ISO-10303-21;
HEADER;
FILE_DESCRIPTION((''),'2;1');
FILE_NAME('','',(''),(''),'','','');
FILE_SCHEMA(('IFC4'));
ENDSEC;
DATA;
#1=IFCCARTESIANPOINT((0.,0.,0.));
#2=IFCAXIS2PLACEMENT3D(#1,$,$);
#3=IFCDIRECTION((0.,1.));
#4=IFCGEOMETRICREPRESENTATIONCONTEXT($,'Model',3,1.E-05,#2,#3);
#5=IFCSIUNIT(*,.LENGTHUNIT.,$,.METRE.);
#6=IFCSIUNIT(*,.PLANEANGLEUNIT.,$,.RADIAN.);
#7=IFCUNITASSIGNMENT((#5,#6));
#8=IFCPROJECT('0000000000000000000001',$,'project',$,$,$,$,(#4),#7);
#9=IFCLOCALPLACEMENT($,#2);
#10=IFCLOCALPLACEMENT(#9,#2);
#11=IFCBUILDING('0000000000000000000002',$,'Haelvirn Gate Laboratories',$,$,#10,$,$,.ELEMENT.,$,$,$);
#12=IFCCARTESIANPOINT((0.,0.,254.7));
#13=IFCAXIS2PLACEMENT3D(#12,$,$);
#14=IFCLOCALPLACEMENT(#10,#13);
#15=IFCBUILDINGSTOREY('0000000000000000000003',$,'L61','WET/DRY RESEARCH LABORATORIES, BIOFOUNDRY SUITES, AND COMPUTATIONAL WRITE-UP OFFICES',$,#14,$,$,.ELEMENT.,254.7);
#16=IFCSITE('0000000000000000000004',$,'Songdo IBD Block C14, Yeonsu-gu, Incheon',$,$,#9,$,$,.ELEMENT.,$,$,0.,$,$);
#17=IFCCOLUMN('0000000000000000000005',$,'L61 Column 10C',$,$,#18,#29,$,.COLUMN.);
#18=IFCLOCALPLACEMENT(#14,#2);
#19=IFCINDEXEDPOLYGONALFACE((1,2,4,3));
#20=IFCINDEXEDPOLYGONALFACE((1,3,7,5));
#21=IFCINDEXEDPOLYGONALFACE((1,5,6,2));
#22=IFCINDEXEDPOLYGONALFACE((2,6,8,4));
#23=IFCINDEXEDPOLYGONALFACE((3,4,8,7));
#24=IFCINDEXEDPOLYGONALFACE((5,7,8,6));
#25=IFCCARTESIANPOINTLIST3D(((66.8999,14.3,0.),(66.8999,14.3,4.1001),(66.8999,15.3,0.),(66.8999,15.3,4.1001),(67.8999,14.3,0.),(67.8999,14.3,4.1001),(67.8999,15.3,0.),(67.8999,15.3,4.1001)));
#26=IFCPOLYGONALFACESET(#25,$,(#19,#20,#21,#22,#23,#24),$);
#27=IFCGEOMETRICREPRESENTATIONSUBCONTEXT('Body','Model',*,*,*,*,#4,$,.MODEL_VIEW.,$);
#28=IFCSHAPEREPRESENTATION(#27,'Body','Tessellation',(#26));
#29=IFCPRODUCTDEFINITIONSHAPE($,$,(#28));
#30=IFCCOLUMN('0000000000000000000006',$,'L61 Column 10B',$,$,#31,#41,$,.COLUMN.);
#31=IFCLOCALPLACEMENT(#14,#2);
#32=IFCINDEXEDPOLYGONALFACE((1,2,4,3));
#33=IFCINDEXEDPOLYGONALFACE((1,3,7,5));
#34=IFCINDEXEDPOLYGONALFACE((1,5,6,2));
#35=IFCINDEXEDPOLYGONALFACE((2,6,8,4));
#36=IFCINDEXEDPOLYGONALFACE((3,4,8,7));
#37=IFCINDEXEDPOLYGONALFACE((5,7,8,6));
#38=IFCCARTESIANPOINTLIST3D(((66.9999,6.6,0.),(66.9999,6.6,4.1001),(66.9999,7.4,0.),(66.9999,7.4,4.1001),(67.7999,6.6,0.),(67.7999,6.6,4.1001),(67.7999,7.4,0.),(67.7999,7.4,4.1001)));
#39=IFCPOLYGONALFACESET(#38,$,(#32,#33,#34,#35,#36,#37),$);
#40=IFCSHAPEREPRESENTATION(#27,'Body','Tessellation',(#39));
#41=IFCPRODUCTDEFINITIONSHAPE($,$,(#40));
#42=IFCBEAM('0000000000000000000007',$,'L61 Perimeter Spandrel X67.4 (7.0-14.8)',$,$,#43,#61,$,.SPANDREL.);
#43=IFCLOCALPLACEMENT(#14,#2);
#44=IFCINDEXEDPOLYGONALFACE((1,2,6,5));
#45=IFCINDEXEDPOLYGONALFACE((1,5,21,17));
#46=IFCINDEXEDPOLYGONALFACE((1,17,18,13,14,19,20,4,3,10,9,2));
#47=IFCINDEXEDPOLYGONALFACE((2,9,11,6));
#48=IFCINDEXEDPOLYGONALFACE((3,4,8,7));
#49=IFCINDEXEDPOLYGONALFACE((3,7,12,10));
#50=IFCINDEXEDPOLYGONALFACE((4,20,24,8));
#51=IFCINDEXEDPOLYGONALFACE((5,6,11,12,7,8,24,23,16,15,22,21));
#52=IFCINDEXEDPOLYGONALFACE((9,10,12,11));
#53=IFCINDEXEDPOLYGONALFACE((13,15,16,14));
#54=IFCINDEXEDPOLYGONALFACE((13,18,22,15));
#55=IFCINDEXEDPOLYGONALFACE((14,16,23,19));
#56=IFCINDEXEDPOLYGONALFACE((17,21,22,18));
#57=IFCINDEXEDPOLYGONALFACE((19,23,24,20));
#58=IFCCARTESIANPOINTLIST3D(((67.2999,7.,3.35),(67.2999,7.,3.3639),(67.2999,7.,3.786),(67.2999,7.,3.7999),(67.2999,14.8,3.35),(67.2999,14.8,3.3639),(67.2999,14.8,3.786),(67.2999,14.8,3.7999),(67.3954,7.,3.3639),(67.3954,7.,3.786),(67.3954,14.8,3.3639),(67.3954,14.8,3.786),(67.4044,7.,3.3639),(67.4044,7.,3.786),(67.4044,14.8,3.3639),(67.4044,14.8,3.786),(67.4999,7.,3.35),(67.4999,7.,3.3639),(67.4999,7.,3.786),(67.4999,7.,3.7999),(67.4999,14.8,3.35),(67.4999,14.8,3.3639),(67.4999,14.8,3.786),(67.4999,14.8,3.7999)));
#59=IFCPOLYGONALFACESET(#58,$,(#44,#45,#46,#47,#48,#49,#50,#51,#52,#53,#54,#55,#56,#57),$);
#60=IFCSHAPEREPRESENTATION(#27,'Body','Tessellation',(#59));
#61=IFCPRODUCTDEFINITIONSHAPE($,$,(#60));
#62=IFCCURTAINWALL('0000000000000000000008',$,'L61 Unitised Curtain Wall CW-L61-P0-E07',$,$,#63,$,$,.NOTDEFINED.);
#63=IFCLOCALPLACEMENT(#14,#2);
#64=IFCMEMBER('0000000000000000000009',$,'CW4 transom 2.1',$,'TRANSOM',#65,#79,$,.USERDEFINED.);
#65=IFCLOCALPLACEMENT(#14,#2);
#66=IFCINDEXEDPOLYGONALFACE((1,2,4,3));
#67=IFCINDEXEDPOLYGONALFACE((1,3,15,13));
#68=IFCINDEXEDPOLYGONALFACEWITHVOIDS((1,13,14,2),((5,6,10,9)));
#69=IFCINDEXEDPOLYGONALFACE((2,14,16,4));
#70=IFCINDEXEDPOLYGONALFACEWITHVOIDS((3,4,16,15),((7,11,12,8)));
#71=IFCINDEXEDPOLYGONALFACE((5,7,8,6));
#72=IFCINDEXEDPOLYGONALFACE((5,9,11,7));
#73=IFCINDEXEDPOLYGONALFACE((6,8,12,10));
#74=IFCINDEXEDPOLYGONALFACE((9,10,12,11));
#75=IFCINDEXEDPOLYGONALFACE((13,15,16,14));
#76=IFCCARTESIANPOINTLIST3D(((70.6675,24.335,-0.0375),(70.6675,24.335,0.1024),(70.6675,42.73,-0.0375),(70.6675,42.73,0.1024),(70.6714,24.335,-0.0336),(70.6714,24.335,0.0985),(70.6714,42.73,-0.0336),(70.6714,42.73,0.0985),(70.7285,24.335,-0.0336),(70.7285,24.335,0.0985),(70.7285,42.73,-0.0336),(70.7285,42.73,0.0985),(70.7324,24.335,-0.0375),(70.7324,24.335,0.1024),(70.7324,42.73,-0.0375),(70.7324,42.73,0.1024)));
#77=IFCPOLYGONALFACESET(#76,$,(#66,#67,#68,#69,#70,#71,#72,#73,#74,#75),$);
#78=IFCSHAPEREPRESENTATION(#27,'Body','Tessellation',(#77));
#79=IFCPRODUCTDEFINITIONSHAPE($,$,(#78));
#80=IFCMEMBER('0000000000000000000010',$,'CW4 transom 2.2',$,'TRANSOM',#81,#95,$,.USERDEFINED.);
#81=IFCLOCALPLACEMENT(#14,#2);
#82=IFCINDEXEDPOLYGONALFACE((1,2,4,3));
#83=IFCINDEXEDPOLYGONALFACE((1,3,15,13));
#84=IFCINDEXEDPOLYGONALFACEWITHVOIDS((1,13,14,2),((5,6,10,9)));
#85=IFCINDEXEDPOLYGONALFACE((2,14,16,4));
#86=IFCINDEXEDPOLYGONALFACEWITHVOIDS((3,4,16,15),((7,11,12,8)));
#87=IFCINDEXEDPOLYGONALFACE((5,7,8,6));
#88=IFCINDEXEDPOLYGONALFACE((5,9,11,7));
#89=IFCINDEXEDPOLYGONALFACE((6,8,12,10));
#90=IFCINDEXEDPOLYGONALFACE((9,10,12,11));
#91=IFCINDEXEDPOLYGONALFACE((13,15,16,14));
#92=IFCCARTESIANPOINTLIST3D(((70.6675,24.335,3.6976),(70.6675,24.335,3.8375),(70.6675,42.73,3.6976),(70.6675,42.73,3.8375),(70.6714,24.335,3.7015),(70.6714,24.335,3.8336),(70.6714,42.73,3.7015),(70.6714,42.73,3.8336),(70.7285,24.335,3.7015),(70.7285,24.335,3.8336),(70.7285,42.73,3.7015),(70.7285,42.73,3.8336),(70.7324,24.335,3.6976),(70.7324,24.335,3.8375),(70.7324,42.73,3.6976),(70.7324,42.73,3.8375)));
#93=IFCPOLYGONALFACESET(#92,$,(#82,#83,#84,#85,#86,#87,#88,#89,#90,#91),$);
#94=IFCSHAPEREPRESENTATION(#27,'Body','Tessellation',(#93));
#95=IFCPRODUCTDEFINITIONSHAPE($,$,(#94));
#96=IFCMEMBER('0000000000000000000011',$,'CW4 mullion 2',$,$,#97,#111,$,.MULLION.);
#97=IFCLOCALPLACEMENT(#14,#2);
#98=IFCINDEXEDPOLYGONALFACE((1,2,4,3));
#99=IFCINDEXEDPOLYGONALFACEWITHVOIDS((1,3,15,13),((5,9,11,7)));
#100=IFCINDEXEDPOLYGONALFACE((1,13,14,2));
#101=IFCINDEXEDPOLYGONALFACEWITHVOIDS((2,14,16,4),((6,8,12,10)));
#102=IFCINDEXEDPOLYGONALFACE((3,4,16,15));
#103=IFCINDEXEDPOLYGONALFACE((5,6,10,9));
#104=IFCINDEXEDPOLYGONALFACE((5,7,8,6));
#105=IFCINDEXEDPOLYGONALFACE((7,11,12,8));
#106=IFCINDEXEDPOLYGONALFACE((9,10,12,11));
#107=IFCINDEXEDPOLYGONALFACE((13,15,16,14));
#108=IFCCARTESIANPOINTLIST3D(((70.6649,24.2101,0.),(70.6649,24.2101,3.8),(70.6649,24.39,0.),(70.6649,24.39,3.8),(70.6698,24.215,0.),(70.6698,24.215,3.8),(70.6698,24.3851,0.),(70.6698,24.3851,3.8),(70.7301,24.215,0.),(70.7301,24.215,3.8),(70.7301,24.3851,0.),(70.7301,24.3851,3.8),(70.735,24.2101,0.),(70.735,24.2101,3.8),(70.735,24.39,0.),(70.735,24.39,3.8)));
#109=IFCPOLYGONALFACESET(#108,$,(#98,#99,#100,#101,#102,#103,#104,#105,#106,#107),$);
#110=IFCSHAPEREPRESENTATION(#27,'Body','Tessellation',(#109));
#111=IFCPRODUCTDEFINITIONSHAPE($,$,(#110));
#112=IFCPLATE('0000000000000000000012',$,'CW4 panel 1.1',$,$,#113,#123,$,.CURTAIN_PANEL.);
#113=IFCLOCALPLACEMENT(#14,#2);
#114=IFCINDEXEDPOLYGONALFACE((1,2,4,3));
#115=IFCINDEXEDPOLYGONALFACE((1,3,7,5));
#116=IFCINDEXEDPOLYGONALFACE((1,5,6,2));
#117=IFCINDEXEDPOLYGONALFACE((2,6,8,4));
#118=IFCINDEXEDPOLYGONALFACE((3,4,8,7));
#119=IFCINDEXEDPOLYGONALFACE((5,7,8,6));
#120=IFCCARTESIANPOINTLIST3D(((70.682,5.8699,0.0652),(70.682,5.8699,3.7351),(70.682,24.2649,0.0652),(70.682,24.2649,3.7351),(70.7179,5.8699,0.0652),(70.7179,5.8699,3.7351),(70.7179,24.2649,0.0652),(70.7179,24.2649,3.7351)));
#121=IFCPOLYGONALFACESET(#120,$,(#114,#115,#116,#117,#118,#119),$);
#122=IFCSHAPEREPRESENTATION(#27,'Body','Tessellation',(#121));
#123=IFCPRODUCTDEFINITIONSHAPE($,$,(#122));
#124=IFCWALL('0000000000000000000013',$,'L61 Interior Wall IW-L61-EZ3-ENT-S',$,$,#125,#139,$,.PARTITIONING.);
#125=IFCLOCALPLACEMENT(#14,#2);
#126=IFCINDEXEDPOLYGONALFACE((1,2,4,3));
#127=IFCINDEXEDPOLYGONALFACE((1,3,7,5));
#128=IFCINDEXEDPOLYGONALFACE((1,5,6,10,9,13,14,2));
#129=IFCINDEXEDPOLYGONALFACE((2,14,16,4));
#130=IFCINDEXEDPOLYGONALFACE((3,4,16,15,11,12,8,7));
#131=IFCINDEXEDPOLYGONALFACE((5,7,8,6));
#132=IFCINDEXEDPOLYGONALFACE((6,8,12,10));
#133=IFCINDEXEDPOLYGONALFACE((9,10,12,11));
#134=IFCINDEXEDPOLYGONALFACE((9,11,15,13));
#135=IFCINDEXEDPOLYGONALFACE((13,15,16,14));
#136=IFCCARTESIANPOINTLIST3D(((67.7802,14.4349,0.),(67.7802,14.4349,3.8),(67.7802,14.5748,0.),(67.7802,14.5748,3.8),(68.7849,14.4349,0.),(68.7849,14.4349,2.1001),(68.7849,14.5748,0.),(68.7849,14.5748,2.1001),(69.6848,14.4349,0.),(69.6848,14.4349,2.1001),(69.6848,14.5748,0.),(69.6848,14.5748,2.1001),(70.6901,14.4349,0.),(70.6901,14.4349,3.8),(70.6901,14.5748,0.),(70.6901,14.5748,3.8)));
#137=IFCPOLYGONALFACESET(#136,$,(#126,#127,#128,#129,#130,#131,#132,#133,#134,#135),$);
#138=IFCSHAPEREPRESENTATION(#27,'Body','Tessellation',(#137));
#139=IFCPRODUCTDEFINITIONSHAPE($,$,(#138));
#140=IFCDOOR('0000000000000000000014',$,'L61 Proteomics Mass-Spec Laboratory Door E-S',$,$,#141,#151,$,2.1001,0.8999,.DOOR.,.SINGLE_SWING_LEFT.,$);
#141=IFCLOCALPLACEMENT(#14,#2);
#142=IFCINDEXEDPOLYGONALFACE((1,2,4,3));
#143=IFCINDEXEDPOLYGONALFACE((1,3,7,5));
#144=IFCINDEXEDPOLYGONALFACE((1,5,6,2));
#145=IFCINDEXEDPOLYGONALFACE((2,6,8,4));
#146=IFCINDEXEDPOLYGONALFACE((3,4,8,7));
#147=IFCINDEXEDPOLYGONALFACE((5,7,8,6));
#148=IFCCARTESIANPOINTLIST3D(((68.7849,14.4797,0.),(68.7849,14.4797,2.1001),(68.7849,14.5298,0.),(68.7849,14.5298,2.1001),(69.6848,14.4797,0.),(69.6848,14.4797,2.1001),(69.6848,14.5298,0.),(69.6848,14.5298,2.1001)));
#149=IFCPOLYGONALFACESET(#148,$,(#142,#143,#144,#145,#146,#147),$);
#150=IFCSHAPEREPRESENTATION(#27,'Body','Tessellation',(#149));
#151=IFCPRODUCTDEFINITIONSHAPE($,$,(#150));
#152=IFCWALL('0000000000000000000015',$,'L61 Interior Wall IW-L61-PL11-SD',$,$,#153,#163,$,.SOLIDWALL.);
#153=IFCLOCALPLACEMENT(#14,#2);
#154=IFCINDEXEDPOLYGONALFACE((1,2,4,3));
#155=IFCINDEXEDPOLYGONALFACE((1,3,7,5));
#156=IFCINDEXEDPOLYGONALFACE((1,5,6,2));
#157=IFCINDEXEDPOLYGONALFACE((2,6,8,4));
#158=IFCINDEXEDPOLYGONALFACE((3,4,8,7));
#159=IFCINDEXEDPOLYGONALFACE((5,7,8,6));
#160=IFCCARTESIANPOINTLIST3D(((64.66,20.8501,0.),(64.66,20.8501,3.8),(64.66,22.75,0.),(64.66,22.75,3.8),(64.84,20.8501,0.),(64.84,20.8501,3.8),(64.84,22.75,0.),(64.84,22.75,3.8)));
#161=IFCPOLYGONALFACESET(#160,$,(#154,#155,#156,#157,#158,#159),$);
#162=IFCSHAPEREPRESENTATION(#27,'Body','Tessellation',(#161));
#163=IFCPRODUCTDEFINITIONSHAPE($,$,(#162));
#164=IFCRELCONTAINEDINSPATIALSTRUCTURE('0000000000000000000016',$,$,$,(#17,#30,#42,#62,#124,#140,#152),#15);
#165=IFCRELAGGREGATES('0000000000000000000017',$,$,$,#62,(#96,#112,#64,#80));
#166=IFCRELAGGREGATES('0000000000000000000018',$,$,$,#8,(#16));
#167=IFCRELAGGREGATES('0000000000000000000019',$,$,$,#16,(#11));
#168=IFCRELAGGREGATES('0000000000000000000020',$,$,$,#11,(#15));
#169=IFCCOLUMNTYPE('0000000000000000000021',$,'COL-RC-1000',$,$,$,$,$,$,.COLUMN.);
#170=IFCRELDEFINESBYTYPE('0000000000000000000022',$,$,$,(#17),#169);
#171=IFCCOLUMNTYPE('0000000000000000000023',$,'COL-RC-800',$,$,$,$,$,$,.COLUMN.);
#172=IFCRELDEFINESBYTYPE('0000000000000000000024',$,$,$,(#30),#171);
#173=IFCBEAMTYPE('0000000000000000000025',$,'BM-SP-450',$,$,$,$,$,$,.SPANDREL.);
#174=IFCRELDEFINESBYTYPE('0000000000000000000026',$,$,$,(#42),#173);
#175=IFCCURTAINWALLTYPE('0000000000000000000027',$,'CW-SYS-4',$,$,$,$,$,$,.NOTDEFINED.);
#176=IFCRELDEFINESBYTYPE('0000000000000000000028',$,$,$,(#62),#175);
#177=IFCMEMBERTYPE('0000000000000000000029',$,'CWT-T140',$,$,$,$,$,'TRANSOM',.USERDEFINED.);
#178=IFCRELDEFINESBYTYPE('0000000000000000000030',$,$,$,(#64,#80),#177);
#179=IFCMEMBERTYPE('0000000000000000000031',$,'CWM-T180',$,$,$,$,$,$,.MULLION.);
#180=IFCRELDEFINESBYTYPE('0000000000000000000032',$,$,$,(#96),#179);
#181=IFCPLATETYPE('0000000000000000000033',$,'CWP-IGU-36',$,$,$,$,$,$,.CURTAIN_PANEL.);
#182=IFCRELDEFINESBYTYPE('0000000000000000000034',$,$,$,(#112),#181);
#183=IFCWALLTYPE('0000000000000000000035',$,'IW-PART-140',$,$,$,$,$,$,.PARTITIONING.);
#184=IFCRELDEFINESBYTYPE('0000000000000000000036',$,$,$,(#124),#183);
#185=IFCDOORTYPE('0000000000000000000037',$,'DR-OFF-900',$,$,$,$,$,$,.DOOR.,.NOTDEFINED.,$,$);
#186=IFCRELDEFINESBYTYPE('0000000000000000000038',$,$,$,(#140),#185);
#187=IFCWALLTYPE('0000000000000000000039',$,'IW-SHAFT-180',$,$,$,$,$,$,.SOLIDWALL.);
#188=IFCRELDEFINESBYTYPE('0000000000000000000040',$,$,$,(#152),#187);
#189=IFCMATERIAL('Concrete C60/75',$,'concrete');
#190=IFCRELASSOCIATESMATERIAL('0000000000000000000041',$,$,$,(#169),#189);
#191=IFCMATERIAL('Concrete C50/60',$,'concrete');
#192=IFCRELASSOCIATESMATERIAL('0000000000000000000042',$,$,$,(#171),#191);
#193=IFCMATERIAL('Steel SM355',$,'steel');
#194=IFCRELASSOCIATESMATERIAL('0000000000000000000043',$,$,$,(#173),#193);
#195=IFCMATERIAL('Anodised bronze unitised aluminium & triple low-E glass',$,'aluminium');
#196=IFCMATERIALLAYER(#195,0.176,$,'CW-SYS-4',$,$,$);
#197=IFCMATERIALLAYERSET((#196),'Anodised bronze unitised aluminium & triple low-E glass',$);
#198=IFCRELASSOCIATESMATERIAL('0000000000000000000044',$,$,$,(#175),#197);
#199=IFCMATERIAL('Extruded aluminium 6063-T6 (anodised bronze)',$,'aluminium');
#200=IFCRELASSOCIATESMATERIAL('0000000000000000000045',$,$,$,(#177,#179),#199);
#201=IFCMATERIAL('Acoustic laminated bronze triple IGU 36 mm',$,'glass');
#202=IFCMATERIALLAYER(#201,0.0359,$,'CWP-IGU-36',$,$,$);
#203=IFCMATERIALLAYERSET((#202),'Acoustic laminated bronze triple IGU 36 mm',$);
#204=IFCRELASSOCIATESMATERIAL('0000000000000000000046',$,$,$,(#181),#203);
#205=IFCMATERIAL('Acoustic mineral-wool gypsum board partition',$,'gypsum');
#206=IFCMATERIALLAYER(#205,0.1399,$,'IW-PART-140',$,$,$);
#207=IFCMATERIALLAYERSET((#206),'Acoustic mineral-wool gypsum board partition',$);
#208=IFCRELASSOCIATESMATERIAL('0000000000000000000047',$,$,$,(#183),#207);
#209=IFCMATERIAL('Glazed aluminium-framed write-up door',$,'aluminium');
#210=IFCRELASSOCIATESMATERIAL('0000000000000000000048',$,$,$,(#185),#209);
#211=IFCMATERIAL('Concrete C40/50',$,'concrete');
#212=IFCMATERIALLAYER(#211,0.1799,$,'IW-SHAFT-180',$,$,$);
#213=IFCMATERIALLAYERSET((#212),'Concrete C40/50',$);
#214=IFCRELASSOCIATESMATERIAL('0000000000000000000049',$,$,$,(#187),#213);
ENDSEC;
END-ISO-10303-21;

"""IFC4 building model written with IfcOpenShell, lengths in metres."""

from ifc_helpers import new_model, si_unit, direction, frame, frame_2d, origin, origin_2d, place, context, subcontext, project, spatial, rectangle, hollow_rectangle, i_section, extrude, source, transform, mapped, material, layer, layer_set, material_profile, profile_set, type_object, type_shapes, element, fill, aggregate, save


model = new_model("IFC4")

# Units and contexts
model_context = context("Model", 3, precision=1e-05, world=origin(), true_north=direction((0.0, 1.0)))
body_context = subcontext(model_context, "Body", "Model", "MODEL_VIEW")
ifc_project = project(units=[si_unit("LENGTHUNIT", "METRE"), si_unit("PLANEANGLEUNIT", "RADIAN")], contexts=[model_context])

# Site, building, storey
site_placement = place(None, origin())
site = spatial("IfcSite", under=ifc_project, at=site_placement, Name="Songdo IBD Block C14, Yeonsu-gu, Incheon", CompositionType="ELEMENT", RefElevation=0.0)
building_placement = place(site_placement, origin())
building = spatial("IfcBuilding", under=site, at=building_placement, Name="Haelvirn Gate Laboratories", CompositionType="ELEMENT")
storey_placement = place(building_placement, frame((0.0, 0.0, 254.7)))
storey = spatial("IfcBuildingStorey", under=building, at=storey_placement, Name="L61", Description="WET/DRY RESEARCH LABORATORIES, BIOFOUNDRY SUITES, AND COMPUTATIONAL WRITE-UP OFFICES", CompositionType="ELEMENT", Elevation=254.7)

# Columns
ifc_material_1 = material(Name="Concrete C60/75", Category="concrete")
ifc_material_profile_1 = material_profile(ifc_material_1, rectangle(XDim=1.0, YDim=1.0, at=origin_2d()), Name="RC-1000x1000")
ifc_profile_set_1 = profile_set([ifc_material_profile_1], Name="Concrete C60/75")
column_type_1 = type_object("IfcColumnType", Name="COL-RC-1000", PredefinedType="COLUMN", material=ifc_profile_set_1)
shared_shape_1 = source(origin(), body_context, "Body", "SweptSolid", [
    extrude(rectangle(XDim=1.0, YDim=1.0, at=origin_2d()), origin(), (0.0, 0.0, 1.0), 4.1001),
])
type_shapes(column_type_1, [shared_shape_1])
column_1_placement = place(storey_placement, frame((67.3999, 14.8, 0.0), z_axis=(0.0, 0.0, 1.0), x_axis=(1.0, 0.0, 0.0)))
element("IfcColumn", 1, at=column_1_placement, inside=storey, type_object=column_type_1, Name="L61 Column 10C", PredefinedType="COLUMN", context=body_context, shape_type="MappedRepresentation", body=[
    mapped(shared_shape_1, transform((0.0, 0.0, 0.0), scale=1.0)),
])
ifc_material_2 = material(Name="Concrete C50/60", Category="concrete")
ifc_material_profile_2 = material_profile(ifc_material_2, rectangle(XDim=0.8, YDim=0.8, at=origin_2d()), Name="RC-800x800")
ifc_profile_set_2 = profile_set([ifc_material_profile_2], Name="Concrete C50/60")
column_type_2 = type_object("IfcColumnType", Name="COL-RC-800", PredefinedType="COLUMN", material=ifc_profile_set_2)
shared_shape_2 = source(origin(), body_context, "Body", "SweptSolid", [
    extrude(rectangle(XDim=0.8, YDim=0.8, at=origin_2d()), origin(), (0.0, 0.0, 1.0), 4.1001),
])
type_shapes(column_type_2, [shared_shape_2])
column_2_placement = place(storey_placement, frame((67.3999, 7.0, 0.0), z_axis=(0.0, 0.0, 1.0), x_axis=(1.0, 0.0, 0.0)))
element("IfcColumn", 2, at=column_2_placement, inside=storey, type_object=column_type_2, Name="L61 Column 10B", PredefinedType="COLUMN", context=body_context, shape_type="MappedRepresentation", body=[
    mapped(shared_shape_2, transform((0.0, 0.0, 0.0), scale=1.0)),
])

# Beam
ifc_material_3 = material(Name="Steel SM355", Category="steel")
ifc_material_profile_3 = material_profile(ifc_material_3, i_section(OverallWidth=0.2, OverallDepth=0.45, WebThickness=0.009, FlangeThickness=0.0139, at=origin_2d()), Name="H-450x200x9x14")
ifc_profile_set_3 = profile_set([ifc_material_profile_3], Name="Steel SM355")
beam_type = type_object("IfcBeamType", Name="BM-SP-450", PredefinedType="SPANDREL", material=ifc_profile_set_3)
shared_shape_3 = source(origin(), body_context, "Body", "SweptSolid", [
    extrude(i_section(OverallWidth=0.2, OverallDepth=0.45, WebThickness=0.009, FlangeThickness=0.0139, at=origin_2d()), origin(), (0.0, 0.0, 1.0), 7.8),
])
type_shapes(beam_type, [shared_shape_3])
beam_placement = place(storey_placement, frame((67.3999, 7.0, 3.575), z_axis=(0.0, 1.0, 0.0), x_axis=(-1.0, 0.0, 0.0)))
element("IfcBeam", 3, at=beam_placement, inside=storey, type_object=beam_type, Name="L61 Perimeter Spandrel X67.4 (7.0-14.8)", PredefinedType="SPANDREL", context=body_context, shape_type="MappedRepresentation", body=[
    mapped(shared_shape_3, transform((0.0, 0.0, 0.0), scale=1.0)),
])

# Curtain wall, members, plate
ifc_material_4 = material(Name="Anodised bronze unitised aluminium & triple low-E glass", Category="aluminium")
ifc_layer_1 = layer(ifc_material_4, 0.176, Name="CW-SYS-4")
ifc_layer_set_1 = layer_set([ifc_layer_1], Name="Anodised bronze unitised aluminium & triple low-E glass")
curtain_wall_type = type_object("IfcCurtainWallType", Name="CW-SYS-4", PredefinedType="NOTDEFINED", material=ifc_layer_set_1)
curtain_wall_placement = place(storey_placement, origin())
curtain_wall = element("IfcCurtainWall", 4, at=curtain_wall_placement, inside=storey, type_object=curtain_wall_type, Name="L61 Unitised Curtain Wall CW-L61-P0-E07", PredefinedType="NOTDEFINED")
ifc_material_5 = material(Name="Extruded aluminium 6063-T6 (anodised bronze)", Category="aluminium")
ifc_material_profile_4 = material_profile(ifc_material_5, hollow_rectangle(XDim=0.0649, YDim=0.1399, WallThickness=0.0039, at=origin_2d()), Name="CWT-140x65x4")
ifc_profile_set_4 = profile_set([ifc_material_profile_4], Name="Extruded aluminium 6063-T6 (anodised bronze)")
member_type_1 = type_object("IfcMemberType", Name="CWT-T140", ElementType="TRANSOM", PredefinedType="USERDEFINED", material=ifc_profile_set_4)
shared_shape_4 = source(origin(), body_context, "Body", "SweptSolid", [
    extrude(hollow_rectangle(XDim=0.0649, YDim=0.1399, WallThickness=0.0039, at=origin_2d()), origin(), (0.0, 0.0, 1.0), 18.395),
])
type_shapes(member_type_1, [shared_shape_4])
member_1_placement = place(storey_placement, frame((70.7, 24.335, 0.0325), z_axis=(0.0, 1.0, 0.0), x_axis=(-1.0, 0.0, 0.0)))
member_1 = element("IfcMember", 5, at=member_1_placement, type_object=member_type_1, Name="CW4 transom 2.1", ObjectType="TRANSOM", PredefinedType="USERDEFINED", context=body_context, shape_type="MappedRepresentation", body=[
    mapped(shared_shape_4, transform((0.0, 0.0, 0.0), scale=1.0)),
])
member_2_placement = place(storey_placement, frame((70.7, 24.335, 3.7676), z_axis=(0.0, 1.0, 0.0), x_axis=(-1.0, 0.0, 0.0)))
member_2 = element("IfcMember", 6, at=member_2_placement, type_object=member_type_1, Name="CW4 transom 2.2", ObjectType="TRANSOM", PredefinedType="USERDEFINED", context=body_context, shape_type="MappedRepresentation", body=[
    mapped(shared_shape_4, transform((0.0, 0.0, 0.0), scale=1.0)),
])
ifc_material_profile_5 = material_profile(ifc_material_5, hollow_rectangle(XDim=0.0701, YDim=0.1799, WallThickness=0.0049, at=origin_2d()), Name="CWM-180x70x5")
ifc_profile_set_5 = profile_set([ifc_material_profile_5], Name="Extruded aluminium 6063-T6 (anodised bronze)")
member_type_2 = type_object("IfcMemberType", Name="CWM-T180", PredefinedType="MULLION", material=ifc_profile_set_5)
shared_shape_5 = source(origin(), body_context, "Body", "SweptSolid", [
    extrude(hollow_rectangle(XDim=0.0701, YDim=0.1799, WallThickness=0.0049, at=origin_2d()), origin(), (0.0, 0.0, 1.0), 3.8),
])
type_shapes(member_type_2, [shared_shape_5])
member_3_placement = place(storey_placement, frame((70.7, 24.3, 0.0), z_axis=(0.0, 0.0, 1.0), x_axis=(-1.0, 0.0, 0.0)))
member_3 = element("IfcMember", 7, at=member_3_placement, type_object=member_type_2, Name="CW4 mullion 2", PredefinedType="MULLION", context=body_context, shape_type="MappedRepresentation", body=[
    mapped(shared_shape_5, transform((0.0, 0.0, 0.0), scale=1.0)),
])
ifc_material_6 = material(Name="Acoustic laminated bronze triple IGU 36 mm", Category="glass")
ifc_layer_2 = layer(ifc_material_6, 0.0359, Name="CWP-IGU-36")
ifc_layer_set_2 = layer_set([ifc_layer_2], Name="Acoustic laminated bronze triple IGU 36 mm")
plate_type = type_object("IfcPlateType", Name="CWP-IGU-36", PredefinedType="CURTAIN_PANEL", material=ifc_layer_set_2)
shared_shape_6 = source(origin(), body_context, "Body", "SweptSolid", [
    extrude(rectangle(XDim=18.395, YDim=0.0359, at=origin_2d()), origin(), (0.0, 0.0, 1.0), 3.6699),
])
type_shapes(plate_type, [shared_shape_6])
plate_placement = place(storey_placement, frame((70.7, 15.0674, 0.0652), z_axis=(0.0, 0.0, 1.0), x_axis=(0.0, 1.0, 0.0)))
plate = element("IfcPlate", 8, at=plate_placement, type_object=plate_type, Name="CW4 panel 1.1", PredefinedType="CURTAIN_PANEL", context=body_context, shape_type="MappedRepresentation", body=[
    mapped(shared_shape_6, transform((0.0, 0.0, 0.0), scale=1.0)),
])
aggregate(curtain_wall, [member_3, plate, member_1, member_2])

# Wall, opening, door
ifc_material_7 = material(Name="Acoustic mineral-wool gypsum board partition", Category="gypsum")
ifc_layer_3 = layer(ifc_material_7, 0.1399, Name="IW-PART-140")
ifc_layer_set_3 = layer_set([ifc_layer_3], Name="Acoustic mineral-wool gypsum board partition")
wall_type_1 = type_object("IfcWallType", Name="IW-PART-140", PredefinedType="PARTITIONING", material=ifc_layer_set_3)
wall_1_placement = place(storey_placement, frame((67.78, 14.5049, 0.0), z_axis=(0.0, 0.0, 1.0), x_axis=(1.0, 0.0, 0.0)))
wall_1 = element("IfcWall", 9, at=wall_1_placement, inside=storey, type_object=wall_type_1, Name="L61 Interior Wall IW-L61-EZ3-ENT-S", PredefinedType="PARTITIONING", context=body_context, shape_type="SweptSolid", body=[
    extrude(rectangle(XDim=2.9099, YDim=0.1399, at=frame_2d((1.4551, 0.0))), origin(), (0.0, 0.0, 1.0), 3.8),
])
opening_1_placement = place(wall_1_placement, frame((1.0049, 0.0, 0.0)))
opening_1 = element("IfcOpeningElement", 10, at=opening_1_placement, cuts=wall_1, PredefinedType="OPENING", context=body_context, shape_type="SweptSolid", body=[
    extrude(rectangle(XDim=0.8999, YDim=2.1001, at=frame_2d((0.45, 1.05))), frame((0.0, 0.0801, 0.0), z_axis=(0.0, -1.0, 0.0), x_axis=(1.0, 0.0, 0.0)), (0.0, 0.0, 1.0), 0.1599),
])
ifc_material_8 = material(Name="Glazed aluminium-framed write-up door", Category="aluminium")
door_type_1 = type_object("IfcDoorType", Name="DR-OFF-900", OperationType="NOTDEFINED", PredefinedType="DOOR", material=ifc_material_8)
shared_shape_7 = source(origin(), body_context, "Body", "SweptSolid", [
    extrude(rectangle(XDim=0.8999, YDim=2.1001, at=frame_2d((0.45, 1.05))), frame((0.0, 0.0249, 0.0), z_axis=(0.0, -1.0, 0.0), x_axis=(1.0, 0.0, 0.0)), (0.0, 0.0, 1.0), 0.05),
])
type_shapes(door_type_1, [shared_shape_7])
door_1_placement = place(opening_1_placement, origin())
door_1 = element("IfcDoor", 11, at=door_1_placement, inside=storey, type_object=door_type_1, Name="L61 Proteomics Mass-Spec Laboratory Door E-S", OperationType="SINGLE_SWING_LEFT", OverallHeight=2.1001, OverallWidth=0.8999, PredefinedType="DOOR", context=body_context, shape_type="MappedRepresentation", body=[
    mapped(shared_shape_7, transform((0.0, 0.0, 0.0), scale=1.0)),
])
fill(opening_1, door_1)

# Wall
ifc_material_9 = material(Name="Concrete C40/50", Category="concrete")
ifc_layer_4 = layer(ifc_material_9, 0.1799, Name="IW-SHAFT-180")
ifc_layer_set_4 = layer_set([ifc_layer_4], Name="Concrete C40/50")
wall_type_2 = type_object("IfcWallType", Name="IW-SHAFT-180", PredefinedType="SOLIDWALL", material=ifc_layer_set_4)
for number, where, z_axis, x_axis, name in (
    (12, (64.75, 20.8501, 0.0), (0.0, 0.0, 1.0), (0.0, 1.0, 0.0), "L61 Interior Wall IW-L61-PL11-SD"),
):
    element("IfcWall", number, at=place(storey_placement, frame(where, z_axis=z_axis, x_axis=x_axis)), inside=storey, type_object=wall_type_2, Name=name, PredefinedType="SOLIDWALL", context=body_context, shape_type="SweptSolid", body=[
        extrude(rectangle(XDim=1.8999, YDim=0.1799, at=frame_2d((0.95, 0.0))), origin(), (0.0, 0.0, 1.0), 3.8),
    ])

save(model, "model.ifc")
